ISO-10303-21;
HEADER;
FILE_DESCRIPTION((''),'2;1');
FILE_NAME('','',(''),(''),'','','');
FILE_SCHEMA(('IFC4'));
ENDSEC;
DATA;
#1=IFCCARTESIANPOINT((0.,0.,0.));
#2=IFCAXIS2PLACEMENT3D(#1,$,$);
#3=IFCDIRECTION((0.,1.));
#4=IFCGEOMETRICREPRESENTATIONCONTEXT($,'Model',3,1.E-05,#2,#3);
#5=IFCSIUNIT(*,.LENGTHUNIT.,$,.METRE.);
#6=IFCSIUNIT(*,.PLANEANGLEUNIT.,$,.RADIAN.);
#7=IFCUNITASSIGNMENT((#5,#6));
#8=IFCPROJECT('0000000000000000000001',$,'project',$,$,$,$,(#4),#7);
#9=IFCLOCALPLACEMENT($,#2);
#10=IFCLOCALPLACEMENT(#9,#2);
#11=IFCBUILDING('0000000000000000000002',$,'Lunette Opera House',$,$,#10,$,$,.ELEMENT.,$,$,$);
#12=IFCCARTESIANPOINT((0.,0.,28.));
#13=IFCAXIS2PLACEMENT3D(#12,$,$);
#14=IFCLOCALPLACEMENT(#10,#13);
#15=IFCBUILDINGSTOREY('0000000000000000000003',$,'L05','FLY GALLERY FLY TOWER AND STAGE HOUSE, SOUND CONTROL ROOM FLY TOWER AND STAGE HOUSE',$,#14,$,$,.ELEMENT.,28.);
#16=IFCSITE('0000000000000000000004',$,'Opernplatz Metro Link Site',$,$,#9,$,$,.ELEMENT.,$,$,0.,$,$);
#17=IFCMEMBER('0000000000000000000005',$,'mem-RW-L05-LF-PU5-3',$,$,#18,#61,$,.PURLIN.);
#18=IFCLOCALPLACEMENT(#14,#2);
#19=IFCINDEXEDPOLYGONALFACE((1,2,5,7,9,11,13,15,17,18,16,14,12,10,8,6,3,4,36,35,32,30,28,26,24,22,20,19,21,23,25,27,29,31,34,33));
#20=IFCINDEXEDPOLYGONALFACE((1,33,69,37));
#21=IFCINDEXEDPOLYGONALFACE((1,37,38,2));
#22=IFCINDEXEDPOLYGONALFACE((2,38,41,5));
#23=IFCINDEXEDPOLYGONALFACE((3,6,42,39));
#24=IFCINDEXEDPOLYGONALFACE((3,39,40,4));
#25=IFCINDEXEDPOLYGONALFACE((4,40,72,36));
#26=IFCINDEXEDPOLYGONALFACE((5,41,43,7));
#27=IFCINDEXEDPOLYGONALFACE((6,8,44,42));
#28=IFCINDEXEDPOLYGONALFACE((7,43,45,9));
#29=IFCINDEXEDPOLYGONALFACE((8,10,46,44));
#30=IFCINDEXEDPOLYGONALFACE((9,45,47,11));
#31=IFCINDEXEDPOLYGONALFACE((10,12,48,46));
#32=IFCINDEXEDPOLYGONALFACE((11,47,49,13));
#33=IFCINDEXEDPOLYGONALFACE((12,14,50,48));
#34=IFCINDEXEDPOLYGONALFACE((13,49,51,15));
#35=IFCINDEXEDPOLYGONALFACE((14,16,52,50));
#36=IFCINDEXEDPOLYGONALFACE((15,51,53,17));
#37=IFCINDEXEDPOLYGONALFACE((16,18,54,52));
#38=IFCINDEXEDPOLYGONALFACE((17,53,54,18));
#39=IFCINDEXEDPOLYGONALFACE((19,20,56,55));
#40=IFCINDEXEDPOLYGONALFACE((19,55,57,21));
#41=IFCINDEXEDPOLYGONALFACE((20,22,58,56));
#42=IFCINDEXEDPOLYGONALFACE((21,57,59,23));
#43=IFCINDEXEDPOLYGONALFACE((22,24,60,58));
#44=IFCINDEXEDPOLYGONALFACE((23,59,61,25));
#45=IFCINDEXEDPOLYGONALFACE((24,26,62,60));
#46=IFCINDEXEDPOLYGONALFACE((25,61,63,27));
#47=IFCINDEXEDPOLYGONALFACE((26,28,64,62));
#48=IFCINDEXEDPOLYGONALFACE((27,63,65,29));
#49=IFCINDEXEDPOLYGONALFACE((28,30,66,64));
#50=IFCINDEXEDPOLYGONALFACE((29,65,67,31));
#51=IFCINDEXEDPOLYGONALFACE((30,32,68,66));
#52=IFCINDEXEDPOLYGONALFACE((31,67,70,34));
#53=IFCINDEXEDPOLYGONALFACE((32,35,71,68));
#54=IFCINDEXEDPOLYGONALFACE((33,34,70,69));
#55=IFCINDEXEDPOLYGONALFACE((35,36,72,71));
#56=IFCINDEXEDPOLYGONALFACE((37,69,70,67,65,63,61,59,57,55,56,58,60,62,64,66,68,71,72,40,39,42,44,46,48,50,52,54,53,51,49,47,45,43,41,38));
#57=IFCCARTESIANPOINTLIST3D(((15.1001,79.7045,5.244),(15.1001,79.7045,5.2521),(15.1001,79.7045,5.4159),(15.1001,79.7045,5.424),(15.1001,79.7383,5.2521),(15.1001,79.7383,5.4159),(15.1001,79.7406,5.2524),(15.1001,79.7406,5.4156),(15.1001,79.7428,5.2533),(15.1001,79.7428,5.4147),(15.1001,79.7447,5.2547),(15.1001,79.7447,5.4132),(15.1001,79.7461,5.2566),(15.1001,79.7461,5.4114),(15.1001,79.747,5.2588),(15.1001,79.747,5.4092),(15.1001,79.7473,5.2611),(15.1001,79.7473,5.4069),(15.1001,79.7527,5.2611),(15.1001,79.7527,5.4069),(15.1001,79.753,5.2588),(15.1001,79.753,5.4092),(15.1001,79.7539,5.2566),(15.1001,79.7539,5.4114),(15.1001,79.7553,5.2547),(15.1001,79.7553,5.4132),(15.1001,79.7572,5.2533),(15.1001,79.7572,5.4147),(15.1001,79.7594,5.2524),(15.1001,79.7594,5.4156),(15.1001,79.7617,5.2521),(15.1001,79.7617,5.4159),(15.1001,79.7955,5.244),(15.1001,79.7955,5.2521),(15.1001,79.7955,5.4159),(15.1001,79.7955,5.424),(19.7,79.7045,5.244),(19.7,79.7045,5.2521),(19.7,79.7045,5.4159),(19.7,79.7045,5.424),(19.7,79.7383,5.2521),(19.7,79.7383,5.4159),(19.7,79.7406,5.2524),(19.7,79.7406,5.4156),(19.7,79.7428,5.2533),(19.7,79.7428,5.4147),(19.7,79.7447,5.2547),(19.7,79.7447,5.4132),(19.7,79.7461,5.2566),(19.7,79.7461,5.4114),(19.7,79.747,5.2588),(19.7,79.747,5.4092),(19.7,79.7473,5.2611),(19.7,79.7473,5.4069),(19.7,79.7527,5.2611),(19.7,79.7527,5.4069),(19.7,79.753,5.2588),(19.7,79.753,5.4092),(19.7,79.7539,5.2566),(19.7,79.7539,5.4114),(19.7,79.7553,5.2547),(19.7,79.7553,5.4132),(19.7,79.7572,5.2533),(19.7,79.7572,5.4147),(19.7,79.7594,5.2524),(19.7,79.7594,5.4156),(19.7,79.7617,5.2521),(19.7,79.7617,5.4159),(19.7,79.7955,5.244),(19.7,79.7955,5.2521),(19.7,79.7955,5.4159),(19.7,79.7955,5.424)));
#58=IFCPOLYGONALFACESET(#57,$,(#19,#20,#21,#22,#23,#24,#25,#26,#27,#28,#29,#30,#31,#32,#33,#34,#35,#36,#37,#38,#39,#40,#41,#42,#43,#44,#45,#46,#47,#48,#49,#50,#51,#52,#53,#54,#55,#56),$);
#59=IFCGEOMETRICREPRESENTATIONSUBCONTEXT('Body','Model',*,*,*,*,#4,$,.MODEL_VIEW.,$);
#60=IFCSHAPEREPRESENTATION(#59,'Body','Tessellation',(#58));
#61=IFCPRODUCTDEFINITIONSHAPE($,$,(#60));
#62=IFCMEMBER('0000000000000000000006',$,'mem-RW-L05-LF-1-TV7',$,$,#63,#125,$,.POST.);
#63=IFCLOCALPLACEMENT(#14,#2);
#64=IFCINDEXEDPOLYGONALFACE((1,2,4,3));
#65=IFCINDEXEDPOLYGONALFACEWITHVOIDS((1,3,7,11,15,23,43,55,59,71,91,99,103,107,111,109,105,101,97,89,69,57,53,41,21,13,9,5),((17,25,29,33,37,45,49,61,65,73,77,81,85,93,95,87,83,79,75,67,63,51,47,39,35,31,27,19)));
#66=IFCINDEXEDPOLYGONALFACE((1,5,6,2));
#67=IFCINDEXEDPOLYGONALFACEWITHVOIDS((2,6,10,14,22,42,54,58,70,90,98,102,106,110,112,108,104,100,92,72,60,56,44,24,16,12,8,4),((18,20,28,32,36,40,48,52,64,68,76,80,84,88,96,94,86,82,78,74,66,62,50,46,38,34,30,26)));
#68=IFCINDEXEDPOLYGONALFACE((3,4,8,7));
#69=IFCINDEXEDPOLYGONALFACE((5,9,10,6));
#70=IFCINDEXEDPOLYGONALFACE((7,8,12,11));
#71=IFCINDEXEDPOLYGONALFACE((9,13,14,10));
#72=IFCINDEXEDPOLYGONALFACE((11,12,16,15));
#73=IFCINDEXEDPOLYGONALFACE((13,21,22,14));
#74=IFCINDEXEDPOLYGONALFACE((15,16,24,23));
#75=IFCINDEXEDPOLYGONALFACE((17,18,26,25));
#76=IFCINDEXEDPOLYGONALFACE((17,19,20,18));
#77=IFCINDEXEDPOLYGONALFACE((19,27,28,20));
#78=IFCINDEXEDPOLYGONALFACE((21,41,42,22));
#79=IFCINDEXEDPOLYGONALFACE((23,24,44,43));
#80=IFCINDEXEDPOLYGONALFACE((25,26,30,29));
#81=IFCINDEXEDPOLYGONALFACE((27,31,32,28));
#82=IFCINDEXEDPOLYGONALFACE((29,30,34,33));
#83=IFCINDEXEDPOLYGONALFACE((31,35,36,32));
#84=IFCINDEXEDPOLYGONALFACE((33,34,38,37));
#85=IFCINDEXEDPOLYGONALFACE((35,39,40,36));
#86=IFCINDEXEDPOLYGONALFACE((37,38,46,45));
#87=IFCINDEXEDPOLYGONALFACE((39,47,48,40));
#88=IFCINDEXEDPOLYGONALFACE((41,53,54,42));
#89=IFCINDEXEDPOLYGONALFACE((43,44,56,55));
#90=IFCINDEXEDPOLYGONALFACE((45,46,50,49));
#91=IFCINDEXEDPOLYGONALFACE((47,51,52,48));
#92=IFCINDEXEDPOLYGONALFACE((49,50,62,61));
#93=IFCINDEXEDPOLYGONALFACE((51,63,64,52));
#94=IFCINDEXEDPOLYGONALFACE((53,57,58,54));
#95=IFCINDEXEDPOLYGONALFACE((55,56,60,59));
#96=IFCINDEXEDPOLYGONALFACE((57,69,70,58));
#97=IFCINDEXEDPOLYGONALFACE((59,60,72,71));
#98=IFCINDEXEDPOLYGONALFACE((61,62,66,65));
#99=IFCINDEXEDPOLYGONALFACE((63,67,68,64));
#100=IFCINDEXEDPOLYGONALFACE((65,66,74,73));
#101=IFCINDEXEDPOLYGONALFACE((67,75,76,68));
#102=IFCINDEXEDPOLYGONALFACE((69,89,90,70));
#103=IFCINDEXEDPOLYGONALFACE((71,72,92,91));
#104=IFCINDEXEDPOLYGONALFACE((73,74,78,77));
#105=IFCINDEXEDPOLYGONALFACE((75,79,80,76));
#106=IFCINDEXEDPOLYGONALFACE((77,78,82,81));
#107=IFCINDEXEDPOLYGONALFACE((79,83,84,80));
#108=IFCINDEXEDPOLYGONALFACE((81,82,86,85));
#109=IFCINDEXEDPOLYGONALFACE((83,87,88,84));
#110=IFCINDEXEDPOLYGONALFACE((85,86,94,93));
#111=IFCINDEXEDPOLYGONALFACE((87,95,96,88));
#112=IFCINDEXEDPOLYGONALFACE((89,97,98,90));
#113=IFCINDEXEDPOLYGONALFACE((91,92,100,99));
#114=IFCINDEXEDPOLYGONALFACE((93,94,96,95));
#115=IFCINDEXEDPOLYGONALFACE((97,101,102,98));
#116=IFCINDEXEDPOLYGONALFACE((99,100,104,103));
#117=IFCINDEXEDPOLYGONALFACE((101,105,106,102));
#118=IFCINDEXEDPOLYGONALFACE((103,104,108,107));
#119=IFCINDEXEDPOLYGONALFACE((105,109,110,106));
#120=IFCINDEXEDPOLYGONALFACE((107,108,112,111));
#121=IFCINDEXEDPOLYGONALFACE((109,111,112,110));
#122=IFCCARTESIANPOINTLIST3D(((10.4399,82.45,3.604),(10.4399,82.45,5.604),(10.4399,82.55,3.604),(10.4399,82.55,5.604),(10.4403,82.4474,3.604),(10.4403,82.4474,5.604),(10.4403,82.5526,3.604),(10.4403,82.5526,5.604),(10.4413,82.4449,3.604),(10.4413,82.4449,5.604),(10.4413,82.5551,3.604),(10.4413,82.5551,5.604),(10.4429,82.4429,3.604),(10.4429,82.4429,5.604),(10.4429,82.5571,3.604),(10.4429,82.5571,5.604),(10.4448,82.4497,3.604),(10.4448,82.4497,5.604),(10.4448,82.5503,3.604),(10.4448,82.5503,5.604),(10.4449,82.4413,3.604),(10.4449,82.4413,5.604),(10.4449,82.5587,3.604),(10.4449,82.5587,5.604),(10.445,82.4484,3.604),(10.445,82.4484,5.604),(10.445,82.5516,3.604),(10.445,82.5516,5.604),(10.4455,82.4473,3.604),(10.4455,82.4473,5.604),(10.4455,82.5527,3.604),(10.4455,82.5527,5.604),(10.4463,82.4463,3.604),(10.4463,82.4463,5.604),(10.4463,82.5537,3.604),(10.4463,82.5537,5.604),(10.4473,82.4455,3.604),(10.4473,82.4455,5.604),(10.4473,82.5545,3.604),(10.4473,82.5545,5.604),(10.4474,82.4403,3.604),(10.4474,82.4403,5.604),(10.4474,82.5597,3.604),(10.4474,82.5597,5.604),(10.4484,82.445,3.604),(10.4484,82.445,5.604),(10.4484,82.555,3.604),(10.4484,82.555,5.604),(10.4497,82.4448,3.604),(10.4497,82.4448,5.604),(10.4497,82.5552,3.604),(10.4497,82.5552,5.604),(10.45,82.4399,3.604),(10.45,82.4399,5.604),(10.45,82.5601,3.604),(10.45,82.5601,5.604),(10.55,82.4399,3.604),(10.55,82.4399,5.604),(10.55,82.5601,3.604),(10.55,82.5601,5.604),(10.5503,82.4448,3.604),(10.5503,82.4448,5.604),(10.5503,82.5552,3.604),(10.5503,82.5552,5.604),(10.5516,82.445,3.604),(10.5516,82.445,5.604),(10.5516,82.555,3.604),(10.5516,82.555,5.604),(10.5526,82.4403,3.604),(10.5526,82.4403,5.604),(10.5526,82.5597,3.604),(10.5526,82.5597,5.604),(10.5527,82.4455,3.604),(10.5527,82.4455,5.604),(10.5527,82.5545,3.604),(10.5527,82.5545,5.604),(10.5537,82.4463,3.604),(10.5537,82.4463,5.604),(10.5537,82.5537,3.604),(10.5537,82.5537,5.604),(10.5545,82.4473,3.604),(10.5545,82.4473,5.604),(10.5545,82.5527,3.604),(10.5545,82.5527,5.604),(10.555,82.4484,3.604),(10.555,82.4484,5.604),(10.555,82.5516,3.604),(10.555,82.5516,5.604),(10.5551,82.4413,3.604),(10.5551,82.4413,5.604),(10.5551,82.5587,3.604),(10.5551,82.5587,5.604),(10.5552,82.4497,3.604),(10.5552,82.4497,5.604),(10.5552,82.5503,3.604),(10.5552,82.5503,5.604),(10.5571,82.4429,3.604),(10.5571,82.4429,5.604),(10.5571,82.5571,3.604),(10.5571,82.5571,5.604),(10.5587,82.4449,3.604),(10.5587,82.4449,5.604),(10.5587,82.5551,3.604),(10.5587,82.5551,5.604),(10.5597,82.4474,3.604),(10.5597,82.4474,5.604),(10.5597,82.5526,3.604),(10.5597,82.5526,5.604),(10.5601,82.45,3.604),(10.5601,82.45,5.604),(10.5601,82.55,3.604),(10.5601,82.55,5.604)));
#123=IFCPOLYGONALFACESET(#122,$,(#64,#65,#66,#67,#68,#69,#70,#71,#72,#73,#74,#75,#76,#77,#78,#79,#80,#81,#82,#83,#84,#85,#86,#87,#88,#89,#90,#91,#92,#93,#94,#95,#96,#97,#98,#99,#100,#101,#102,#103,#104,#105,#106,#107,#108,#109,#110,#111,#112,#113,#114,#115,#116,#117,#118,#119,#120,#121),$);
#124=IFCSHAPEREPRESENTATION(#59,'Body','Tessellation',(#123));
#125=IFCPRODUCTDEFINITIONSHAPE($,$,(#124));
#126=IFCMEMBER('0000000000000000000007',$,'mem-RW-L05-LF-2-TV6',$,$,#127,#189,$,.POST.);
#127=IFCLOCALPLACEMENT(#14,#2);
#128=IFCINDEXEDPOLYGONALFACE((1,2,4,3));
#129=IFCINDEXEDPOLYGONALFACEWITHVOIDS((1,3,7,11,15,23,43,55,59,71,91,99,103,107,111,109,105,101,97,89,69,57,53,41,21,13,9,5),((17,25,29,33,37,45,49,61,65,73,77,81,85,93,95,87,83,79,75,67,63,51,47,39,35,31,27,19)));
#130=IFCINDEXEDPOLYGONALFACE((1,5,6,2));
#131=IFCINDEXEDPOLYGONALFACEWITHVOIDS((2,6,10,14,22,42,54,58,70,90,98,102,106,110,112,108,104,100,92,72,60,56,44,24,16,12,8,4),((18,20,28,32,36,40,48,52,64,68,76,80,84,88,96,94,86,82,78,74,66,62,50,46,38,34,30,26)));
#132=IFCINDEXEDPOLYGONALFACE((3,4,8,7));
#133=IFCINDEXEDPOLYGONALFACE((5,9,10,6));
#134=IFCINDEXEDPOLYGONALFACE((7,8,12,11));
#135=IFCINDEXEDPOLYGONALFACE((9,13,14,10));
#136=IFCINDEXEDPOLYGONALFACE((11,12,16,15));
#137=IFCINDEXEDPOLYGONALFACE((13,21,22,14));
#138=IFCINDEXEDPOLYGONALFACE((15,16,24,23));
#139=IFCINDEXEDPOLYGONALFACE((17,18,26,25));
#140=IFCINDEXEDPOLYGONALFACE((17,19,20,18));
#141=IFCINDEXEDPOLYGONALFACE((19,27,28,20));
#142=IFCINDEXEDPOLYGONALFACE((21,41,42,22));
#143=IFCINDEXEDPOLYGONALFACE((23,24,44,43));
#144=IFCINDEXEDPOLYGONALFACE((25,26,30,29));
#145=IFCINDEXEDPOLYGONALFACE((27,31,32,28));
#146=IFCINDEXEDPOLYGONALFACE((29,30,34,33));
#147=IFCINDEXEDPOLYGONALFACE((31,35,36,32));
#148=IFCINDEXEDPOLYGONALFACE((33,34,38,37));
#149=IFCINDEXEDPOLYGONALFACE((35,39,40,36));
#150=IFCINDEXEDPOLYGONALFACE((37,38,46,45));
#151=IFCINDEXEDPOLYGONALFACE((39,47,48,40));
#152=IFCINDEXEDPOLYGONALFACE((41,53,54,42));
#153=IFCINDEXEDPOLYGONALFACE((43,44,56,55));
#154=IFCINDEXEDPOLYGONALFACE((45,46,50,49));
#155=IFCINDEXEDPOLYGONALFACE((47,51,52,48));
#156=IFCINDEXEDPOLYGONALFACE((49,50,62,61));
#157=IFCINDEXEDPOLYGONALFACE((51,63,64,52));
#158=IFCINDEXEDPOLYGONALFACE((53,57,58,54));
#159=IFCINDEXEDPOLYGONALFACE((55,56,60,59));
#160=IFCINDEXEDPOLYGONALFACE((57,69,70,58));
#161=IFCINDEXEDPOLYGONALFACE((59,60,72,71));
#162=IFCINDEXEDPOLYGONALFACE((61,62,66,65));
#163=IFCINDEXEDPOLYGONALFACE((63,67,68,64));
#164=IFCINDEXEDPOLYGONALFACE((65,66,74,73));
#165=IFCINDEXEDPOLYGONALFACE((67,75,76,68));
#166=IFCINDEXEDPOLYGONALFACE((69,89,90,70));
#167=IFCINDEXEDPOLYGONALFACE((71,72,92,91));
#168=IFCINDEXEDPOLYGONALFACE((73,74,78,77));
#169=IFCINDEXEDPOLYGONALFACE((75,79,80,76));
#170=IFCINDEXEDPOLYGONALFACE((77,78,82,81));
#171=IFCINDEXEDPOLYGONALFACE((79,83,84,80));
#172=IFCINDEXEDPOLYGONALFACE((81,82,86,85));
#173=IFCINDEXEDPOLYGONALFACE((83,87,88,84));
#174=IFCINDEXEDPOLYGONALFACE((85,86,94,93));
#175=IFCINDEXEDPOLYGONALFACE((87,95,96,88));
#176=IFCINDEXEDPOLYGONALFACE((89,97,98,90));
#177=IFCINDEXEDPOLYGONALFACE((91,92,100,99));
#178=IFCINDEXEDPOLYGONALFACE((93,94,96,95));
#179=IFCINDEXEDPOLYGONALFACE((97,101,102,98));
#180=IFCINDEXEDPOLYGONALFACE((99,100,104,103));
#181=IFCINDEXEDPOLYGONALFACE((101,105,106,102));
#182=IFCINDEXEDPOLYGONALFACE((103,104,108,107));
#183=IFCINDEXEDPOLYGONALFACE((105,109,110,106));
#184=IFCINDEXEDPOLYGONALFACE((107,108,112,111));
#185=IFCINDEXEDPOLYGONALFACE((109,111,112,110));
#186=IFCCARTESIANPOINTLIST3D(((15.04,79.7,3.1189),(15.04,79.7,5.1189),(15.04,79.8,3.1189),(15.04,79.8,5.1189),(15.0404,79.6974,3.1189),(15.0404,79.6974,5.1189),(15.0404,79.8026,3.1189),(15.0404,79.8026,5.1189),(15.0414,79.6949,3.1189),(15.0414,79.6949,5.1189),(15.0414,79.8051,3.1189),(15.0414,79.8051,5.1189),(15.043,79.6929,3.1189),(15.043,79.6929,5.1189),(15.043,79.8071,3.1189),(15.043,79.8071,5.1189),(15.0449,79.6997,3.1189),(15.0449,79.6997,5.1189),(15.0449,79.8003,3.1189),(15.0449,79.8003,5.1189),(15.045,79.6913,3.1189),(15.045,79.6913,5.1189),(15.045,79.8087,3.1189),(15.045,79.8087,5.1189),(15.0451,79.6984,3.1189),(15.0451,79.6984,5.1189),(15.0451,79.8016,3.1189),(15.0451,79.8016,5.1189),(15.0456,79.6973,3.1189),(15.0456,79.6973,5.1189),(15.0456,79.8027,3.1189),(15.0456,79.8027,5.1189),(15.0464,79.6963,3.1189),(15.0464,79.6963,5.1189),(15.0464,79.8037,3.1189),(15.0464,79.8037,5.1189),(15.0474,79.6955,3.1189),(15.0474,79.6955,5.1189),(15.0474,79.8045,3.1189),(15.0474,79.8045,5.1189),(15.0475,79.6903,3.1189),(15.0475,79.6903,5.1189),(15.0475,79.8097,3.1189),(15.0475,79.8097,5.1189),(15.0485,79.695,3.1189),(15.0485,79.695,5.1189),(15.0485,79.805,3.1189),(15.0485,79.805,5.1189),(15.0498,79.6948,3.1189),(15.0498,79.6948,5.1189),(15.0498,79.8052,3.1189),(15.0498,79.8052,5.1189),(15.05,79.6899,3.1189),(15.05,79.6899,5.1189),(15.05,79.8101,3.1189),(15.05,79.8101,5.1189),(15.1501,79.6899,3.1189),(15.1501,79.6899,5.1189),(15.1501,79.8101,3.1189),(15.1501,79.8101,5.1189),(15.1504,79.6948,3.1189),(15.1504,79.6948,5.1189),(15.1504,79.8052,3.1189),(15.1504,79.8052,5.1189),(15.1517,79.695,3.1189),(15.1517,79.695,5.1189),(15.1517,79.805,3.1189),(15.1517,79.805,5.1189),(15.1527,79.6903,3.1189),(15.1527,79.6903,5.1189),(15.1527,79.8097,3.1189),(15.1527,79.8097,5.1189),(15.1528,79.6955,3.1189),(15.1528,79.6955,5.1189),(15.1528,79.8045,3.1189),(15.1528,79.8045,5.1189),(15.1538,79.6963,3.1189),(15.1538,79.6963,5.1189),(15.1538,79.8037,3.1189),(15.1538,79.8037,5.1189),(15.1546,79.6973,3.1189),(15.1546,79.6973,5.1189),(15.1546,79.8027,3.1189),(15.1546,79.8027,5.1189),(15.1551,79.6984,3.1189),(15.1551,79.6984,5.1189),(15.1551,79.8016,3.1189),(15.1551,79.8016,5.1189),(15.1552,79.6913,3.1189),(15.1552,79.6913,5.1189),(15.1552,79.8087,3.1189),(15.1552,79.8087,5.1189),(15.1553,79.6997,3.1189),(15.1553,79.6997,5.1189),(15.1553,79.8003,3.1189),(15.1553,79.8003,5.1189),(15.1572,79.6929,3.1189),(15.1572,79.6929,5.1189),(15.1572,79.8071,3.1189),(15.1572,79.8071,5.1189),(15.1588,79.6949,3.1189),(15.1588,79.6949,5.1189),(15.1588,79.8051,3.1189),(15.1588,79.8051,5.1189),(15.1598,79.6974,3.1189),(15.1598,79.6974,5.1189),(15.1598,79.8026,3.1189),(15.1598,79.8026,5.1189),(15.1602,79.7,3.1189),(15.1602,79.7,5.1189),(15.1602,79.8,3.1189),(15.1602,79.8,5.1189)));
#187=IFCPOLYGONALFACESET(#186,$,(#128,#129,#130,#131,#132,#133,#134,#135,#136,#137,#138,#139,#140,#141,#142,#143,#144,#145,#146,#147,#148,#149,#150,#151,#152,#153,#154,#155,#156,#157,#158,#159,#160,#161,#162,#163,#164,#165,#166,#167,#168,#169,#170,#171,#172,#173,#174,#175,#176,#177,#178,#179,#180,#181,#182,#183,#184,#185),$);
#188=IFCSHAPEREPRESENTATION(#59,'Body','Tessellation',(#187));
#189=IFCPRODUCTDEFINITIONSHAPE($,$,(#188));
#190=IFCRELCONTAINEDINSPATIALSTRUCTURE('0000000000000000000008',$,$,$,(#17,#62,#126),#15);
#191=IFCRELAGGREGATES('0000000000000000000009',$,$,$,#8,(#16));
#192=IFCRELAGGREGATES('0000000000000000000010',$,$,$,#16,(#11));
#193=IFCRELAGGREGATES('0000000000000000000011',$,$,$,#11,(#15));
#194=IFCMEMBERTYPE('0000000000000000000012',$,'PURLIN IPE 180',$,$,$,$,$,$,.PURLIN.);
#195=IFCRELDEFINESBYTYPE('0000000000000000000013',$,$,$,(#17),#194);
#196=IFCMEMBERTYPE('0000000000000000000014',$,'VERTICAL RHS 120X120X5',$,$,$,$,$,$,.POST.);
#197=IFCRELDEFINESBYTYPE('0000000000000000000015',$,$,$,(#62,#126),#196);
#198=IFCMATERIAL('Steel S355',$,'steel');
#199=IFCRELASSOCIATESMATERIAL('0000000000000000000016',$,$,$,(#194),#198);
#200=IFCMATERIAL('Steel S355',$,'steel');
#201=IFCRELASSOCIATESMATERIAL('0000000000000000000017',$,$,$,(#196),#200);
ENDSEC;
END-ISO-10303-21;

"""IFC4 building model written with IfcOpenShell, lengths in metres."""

from ifc_helpers import new_model, si_unit, direction, frame, origin, origin_2d, place, context, subcontext, project, spatial, hollow_rectangle, i_section, extrude, material, material_profile, profile_set, type_object, element, save


model = new_model("IFC4")

# Units and contexts
model_context = context("Model", 3, precision=1e-05, world=origin(), true_north=direction((0.0, 1.0)))
body_context = subcontext(model_context, "Body", "Model", "MODEL_VIEW")
ifc_project = project(units=[si_unit("LENGTHUNIT", "METRE"), si_unit("PLANEANGLEUNIT", "RADIAN")], contexts=[model_context])

# Site, building, storey
site_placement = place(None, origin())
site = spatial("IfcSite", under=ifc_project, at=site_placement, Name="Opernplatz Metro Link Site", CompositionType="ELEMENT", RefElevation=0.0)
building_placement = place(site_placement, origin())
building = spatial("IfcBuilding", under=site, at=building_placement, Name="Lunette Opera House", CompositionType="ELEMENT")
storey_placement = place(building_placement, frame((0.0, 0.0, 28.0)))
storey = spatial("IfcBuildingStorey", under=building, at=storey_placement, Name="L05", Description="FLY GALLERY FLY TOWER AND STAGE HOUSE, SOUND CONTROL ROOM FLY TOWER AND STAGE HOUSE", CompositionType="ELEMENT", Elevation=28.0)

# Members
ifc_material_1 = material(Name="Steel S355", Category="steel")
ifc_material_profile_1 = material_profile(ifc_material_1, i_section(OverallWidth=0.0911, OverallDepth=0.1799, WebThickness=0.0054, FlangeThickness=0.0081, FilletRadius=0.009, at=origin_2d()), Name="IPE 180")
ifc_profile_set_1 = profile_set([ifc_material_profile_1], Name="Steel S355")
member_type_1 = type_object("IfcMemberType", Name="PURLIN IPE 180", PredefinedType="PURLIN", material=ifc_profile_set_1)
member_1_placement = place(storey_placement, frame((15.1001, 79.75, 5.334), z_axis=(1.0, 0.0, 0.0), x_axis=(0.0, 1.0, 0.0)))
element("IfcMember", 1, at=member_1_placement, inside=storey, type_object=member_type_1, Name="mem-RW-L05-LF-PU5-3", PredefinedType="PURLIN", context=body_context, shape_type="SweptSolid", body=[
    extrude(i_section(OverallWidth=0.0911, OverallDepth=0.1799, WebThickness=0.0054, FlangeThickness=0.0081, FilletRadius=0.009, at=origin_2d()), origin(), (0.0, 0.0, 1.0), 4.5999),
])
ifc_material_2 = material(Name="Steel S355", Category="steel")
ifc_material_profile_2 = material_profile(ifc_material_2, hollow_rectangle(XDim=0.1201, YDim=0.1201, WallThickness=0.0049, InnerFilletRadius=0.0049, OuterFilletRadius=0.01, at=origin_2d()), Name="RHS 120X120X5")
ifc_profile_set_2 = profile_set([ifc_material_profile_2], Name="Steel S355")
member_type_2 = type_object("IfcMemberType", Name="VERTICAL RHS 120X120X5", PredefinedType="POST", material=ifc_profile_set_2)
for number, where, z_axis, x_axis, name in (
    (2, (10.5, 82.5, 3.604), (0.0, 0.0, 1.0), (1.0, 0.0, 0.0), "mem-RW-L05-LF-1-TV7"),
    (3, (15.1001, 79.75, 3.1189), (0.0, 0.0, 1.0), (1.0, 0.0, 0.0), "mem-RW-L05-LF-2-TV6"),
):
    element("IfcMember", number, at=place(storey_placement, frame(where, z_axis=z_axis, x_axis=x_axis)), inside=storey, type_object=member_type_2, Name=name, PredefinedType="POST", context=body_context, shape_type="SweptSolid", body=[
        extrude(hollow_rectangle(XDim=0.1201, YDim=0.1201, WallThickness=0.0049, InnerFilletRadius=0.0049, OuterFilletRadius=0.01, at=origin_2d()), origin(), (0.0, 0.0, 1.0), 2.0),
    ])

save(model, "model.ifc")
